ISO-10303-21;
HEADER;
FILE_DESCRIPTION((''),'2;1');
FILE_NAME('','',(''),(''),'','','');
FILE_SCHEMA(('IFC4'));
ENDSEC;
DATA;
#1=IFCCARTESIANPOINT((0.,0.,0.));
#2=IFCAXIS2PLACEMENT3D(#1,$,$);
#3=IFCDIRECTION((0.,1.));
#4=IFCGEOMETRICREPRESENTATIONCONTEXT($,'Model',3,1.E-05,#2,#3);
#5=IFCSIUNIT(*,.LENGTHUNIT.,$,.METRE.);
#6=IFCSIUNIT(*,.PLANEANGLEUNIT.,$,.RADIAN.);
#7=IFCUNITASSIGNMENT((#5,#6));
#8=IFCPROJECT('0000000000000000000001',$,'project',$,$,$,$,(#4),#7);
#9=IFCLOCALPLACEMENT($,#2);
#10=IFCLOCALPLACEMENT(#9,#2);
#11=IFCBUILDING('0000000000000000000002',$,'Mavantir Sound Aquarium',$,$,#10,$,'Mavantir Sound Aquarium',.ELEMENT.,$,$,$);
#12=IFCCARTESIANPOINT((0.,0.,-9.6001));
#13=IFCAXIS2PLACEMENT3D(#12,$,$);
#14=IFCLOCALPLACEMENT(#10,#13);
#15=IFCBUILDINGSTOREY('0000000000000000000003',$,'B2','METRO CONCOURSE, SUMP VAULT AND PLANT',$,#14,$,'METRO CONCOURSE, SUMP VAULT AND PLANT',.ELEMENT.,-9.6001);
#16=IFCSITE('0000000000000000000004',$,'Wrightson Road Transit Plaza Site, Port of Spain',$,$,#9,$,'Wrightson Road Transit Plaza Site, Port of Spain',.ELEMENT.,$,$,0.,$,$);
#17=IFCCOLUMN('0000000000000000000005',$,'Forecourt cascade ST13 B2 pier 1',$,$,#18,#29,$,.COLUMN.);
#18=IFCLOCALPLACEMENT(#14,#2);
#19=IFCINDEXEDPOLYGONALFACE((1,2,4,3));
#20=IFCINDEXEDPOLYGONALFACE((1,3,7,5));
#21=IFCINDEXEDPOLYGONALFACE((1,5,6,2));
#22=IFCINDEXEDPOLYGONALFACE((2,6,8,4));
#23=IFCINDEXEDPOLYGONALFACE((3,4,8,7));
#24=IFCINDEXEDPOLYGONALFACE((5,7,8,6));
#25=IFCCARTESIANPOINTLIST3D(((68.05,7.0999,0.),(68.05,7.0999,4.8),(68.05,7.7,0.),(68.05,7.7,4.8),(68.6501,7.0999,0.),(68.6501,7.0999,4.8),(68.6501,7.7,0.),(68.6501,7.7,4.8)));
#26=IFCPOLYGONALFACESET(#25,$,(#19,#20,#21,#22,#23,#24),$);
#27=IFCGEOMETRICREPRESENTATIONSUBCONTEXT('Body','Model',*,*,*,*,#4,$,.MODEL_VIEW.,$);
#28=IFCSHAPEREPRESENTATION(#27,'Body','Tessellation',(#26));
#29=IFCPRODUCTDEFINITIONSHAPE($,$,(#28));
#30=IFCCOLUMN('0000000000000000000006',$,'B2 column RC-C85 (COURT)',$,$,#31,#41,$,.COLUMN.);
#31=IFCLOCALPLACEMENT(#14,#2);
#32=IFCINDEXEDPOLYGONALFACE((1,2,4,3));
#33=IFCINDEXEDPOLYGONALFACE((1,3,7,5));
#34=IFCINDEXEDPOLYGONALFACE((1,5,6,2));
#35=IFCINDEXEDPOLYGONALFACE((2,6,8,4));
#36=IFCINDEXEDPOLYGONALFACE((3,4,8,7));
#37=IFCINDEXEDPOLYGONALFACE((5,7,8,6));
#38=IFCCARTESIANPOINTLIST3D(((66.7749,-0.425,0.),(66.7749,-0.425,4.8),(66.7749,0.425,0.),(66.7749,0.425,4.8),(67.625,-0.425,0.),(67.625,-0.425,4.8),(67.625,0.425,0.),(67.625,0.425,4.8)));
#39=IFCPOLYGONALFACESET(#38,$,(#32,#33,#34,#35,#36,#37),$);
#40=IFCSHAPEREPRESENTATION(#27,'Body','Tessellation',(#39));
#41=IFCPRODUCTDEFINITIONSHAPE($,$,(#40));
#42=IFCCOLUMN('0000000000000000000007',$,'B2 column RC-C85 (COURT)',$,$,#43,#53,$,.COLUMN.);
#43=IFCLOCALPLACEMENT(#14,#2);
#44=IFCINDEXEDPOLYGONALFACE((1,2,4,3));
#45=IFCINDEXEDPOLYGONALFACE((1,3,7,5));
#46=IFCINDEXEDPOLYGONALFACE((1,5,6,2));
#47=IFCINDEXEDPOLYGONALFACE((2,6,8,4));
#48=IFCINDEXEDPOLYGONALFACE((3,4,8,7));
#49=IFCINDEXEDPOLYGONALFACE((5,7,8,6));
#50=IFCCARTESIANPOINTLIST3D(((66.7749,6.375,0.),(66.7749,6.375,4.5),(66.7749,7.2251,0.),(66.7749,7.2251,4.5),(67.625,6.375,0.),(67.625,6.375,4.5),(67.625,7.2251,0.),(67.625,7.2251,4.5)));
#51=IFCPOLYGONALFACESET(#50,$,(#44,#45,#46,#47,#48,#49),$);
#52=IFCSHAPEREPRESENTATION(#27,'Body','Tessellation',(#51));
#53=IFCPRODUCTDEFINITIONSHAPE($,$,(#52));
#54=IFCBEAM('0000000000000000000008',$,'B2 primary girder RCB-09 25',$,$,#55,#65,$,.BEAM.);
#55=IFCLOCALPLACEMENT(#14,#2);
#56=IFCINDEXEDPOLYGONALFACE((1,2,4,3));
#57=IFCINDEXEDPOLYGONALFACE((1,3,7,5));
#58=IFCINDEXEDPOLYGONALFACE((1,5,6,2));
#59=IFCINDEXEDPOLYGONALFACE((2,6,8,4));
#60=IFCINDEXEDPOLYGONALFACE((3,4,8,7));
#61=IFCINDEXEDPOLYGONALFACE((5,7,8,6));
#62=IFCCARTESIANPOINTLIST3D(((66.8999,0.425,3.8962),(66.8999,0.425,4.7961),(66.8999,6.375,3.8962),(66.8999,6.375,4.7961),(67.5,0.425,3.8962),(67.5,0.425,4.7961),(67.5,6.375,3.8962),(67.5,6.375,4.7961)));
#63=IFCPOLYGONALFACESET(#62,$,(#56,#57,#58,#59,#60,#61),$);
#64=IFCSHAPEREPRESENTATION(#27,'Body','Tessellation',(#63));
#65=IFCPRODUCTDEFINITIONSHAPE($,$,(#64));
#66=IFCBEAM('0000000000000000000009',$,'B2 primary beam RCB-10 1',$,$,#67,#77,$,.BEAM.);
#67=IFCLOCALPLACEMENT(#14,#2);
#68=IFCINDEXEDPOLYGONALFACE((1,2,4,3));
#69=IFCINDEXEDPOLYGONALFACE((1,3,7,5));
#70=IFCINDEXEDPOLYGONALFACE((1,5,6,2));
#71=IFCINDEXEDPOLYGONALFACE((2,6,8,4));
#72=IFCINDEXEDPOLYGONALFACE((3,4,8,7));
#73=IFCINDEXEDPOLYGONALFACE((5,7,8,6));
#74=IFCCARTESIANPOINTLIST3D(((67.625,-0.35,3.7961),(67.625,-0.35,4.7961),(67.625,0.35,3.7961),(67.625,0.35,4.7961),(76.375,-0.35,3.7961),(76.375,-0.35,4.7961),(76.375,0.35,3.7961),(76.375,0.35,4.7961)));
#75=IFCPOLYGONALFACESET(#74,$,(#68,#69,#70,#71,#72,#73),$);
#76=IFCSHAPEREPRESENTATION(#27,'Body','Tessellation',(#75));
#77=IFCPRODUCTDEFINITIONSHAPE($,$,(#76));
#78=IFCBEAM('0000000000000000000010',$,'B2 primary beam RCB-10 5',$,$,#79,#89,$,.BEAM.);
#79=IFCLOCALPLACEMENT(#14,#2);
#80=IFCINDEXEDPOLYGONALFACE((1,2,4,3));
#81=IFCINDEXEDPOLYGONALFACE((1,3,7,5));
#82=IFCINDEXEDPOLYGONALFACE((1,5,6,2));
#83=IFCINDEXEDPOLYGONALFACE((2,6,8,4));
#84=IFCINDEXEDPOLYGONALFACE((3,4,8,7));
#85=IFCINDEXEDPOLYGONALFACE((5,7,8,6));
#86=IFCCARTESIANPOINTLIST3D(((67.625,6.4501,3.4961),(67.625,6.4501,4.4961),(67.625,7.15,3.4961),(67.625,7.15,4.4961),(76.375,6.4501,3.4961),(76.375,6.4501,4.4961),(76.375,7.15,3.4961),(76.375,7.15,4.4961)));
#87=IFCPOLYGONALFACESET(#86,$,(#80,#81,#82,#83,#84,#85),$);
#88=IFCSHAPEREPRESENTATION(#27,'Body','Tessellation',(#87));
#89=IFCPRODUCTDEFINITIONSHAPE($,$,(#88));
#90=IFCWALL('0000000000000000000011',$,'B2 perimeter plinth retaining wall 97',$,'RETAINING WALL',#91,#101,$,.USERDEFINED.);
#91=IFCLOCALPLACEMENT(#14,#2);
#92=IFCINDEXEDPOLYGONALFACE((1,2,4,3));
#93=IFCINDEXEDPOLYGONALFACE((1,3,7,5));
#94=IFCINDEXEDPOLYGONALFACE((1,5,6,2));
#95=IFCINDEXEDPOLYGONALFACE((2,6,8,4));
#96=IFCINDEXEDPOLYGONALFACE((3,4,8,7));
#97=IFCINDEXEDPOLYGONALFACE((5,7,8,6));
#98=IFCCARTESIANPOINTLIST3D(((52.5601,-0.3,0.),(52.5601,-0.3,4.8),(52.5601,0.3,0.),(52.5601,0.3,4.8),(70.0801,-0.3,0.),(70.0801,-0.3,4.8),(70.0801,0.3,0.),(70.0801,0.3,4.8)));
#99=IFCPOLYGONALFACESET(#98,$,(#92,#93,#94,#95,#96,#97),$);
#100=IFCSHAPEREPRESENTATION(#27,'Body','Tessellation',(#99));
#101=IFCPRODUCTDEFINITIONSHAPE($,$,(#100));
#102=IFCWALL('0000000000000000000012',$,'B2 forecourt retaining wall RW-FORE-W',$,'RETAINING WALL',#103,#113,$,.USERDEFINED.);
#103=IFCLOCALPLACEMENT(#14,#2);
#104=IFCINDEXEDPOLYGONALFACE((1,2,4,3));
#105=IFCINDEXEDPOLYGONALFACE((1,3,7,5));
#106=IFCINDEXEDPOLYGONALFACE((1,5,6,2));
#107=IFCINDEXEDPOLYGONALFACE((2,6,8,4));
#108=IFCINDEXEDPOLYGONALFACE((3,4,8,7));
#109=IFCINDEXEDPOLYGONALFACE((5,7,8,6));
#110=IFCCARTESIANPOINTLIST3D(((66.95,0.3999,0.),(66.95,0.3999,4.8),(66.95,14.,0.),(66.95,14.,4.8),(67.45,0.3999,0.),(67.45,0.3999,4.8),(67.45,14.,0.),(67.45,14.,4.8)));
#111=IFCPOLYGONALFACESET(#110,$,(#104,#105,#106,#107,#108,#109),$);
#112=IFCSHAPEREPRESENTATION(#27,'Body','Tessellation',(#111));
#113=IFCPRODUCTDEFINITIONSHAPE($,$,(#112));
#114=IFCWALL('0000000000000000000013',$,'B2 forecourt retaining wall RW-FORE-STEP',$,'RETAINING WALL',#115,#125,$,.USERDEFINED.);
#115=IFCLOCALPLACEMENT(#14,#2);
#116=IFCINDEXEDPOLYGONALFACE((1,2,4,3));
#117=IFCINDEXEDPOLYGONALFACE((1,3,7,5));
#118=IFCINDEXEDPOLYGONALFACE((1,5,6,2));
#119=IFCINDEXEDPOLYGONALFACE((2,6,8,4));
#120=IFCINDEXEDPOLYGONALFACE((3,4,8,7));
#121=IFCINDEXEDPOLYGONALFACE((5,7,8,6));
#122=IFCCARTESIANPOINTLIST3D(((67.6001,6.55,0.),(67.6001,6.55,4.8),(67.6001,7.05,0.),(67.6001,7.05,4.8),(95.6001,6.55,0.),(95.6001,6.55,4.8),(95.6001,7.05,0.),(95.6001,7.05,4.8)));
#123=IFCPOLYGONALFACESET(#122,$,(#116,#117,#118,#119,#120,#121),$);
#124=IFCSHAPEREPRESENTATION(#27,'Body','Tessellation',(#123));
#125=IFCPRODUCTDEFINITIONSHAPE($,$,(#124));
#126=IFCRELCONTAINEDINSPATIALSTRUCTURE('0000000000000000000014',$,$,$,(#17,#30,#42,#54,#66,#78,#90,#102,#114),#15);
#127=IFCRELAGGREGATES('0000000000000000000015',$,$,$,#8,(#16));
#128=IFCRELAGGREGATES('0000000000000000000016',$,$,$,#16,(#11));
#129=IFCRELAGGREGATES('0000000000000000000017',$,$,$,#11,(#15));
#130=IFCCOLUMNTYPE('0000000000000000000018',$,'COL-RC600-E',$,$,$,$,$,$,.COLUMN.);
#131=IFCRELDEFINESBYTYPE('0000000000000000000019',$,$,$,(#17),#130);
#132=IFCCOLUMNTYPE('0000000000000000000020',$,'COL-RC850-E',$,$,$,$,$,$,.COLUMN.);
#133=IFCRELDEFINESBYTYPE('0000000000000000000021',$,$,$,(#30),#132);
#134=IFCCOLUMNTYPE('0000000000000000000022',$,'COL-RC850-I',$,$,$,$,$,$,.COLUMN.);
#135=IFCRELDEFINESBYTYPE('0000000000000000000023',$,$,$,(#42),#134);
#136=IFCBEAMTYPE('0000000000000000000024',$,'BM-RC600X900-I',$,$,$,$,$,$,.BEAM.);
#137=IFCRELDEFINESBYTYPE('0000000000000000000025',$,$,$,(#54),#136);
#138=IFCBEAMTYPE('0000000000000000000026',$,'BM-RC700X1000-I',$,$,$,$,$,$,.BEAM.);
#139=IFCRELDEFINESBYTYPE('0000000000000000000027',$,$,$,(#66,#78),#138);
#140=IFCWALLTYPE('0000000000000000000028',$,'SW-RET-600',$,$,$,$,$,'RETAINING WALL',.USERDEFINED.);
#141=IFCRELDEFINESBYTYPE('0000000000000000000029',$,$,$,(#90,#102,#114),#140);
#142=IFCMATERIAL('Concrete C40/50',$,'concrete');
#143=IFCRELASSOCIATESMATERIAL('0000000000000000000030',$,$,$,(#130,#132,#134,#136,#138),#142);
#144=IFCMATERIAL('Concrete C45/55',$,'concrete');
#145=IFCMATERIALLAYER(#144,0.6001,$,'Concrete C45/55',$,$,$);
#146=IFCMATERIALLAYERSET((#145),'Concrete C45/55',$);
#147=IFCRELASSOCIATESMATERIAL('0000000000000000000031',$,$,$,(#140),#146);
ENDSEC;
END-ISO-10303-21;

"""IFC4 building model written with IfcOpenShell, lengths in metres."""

from ifc_helpers import new_model, si_unit, direction, frame, frame_2d, origin, origin_2d, place, context, subcontext, project, spatial, rectangle, extrude, material, layer, layer_set, material_profile, profile_set, type_object, element, save


model = new_model("IFC4")

# Units and contexts
model_context = context("Model", 3, precision=1e-05, world=origin(), true_north=direction((0.0, 1.0)))
body_context = subcontext(model_context, "Body", "Model", "MODEL_VIEW")
ifc_project = project(units=[si_unit("LENGTHUNIT", "METRE"), si_unit("PLANEANGLEUNIT", "RADIAN")], contexts=[model_context])

# Site, building, storey
site_placement = place(None, origin())
site = spatial("IfcSite", under=ifc_project, at=site_placement, Name="Wrightson Road Transit Plaza Site, Port of Spain", LongName="Wrightson Road Transit Plaza Site, Port of Spain", CompositionType="ELEMENT", RefElevation=0.0)
building_placement = place(site_placement, origin())
building = spatial("IfcBuilding", under=site, at=building_placement, Name="Mavantir Sound Aquarium", LongName="Mavantir Sound Aquarium", CompositionType="ELEMENT")
storey_placement = place(building_placement, frame((0.0, 0.0, -9.6001)))
storey = spatial("IfcBuildingStorey", under=building, at=storey_placement, Name="B2", Description="METRO CONCOURSE, SUMP VAULT AND PLANT", LongName="METRO CONCOURSE, SUMP VAULT AND PLANT", CompositionType="ELEMENT", Elevation=-9.6001)

# Shared definitions
ifc_material_1 = material(Name="Concrete C40/50", Category="concrete")

# Columns
ifc_material_profile_1 = material_profile(ifc_material_1, rectangle(XDim=0.6001, YDim=0.6001, at=origin_2d()), Name="RC 600X600")
ifc_profile_set_1 = profile_set([ifc_material_profile_1], Name="Concrete C40/50")
column_type_1 = type_object("IfcColumnType", Name="COL-RC600-E", PredefinedType="COLUMN", material=ifc_profile_set_1)
column_1_placement = place(storey_placement, frame((68.3501, 7.3999, 0.0), z_axis=(0.0, 0.0, 1.0), x_axis=(1.0, 0.0, 0.0)))
element("IfcColumn", 1, at=column_1_placement, inside=storey, type_object=column_type_1, Name="Forecourt cascade ST13 B2 pier 1", PredefinedType="COLUMN", context=body_context, shape_type="SweptSolid", body=[
    extrude(rectangle(XDim=0.6001, YDim=0.6001, at=origin_2d()), origin(), (0.0, 0.0, 1.0), 4.8),
])
ifc_material_profile_2 = material_profile(ifc_material_1, rectangle(XDim=0.8501, YDim=0.8501, at=origin_2d()), Name="RC 850X850")
ifc_profile_set_2 = profile_set([ifc_material_profile_2], Name="Concrete C40/50")
column_type_2 = type_object("IfcColumnType", Name="COL-RC850-E", PredefinedType="COLUMN", material=ifc_profile_set_2)
column_2_placement = place(storey_placement, frame((67.2, 0.0, 0.0), z_axis=(0.0, 0.0, 1.0), x_axis=(1.0, 0.0, 0.0)))
element("IfcColumn", 2, at=column_2_placement, inside=storey, type_object=column_type_2, Name="B2 column RC-C85 (COURT)", PredefinedType="COLUMN", context=body_context, shape_type="SweptSolid", body=[
    extrude(rectangle(XDim=0.8501, YDim=0.8501, at=origin_2d()), origin(), (0.0, 0.0, 1.0), 4.8),
])
ifc_material_profile_3 = material_profile(ifc_material_1, rectangle(XDim=0.8501, YDim=0.8501, at=origin_2d()), Name="RC 850X850")
ifc_profile_set_3 = profile_set([ifc_material_profile_3], Name="Concrete C40/50")
column_type_3 = type_object("IfcColumnType", Name="COL-RC850-I", PredefinedType="COLUMN", material=ifc_profile_set_3)
column_3_placement = place(storey_placement, frame((67.2, 6.8, 0.0), z_axis=(0.0, 0.0, 1.0), x_axis=(1.0, 0.0, 0.0)))
element("IfcColumn", 3, at=column_3_placement, inside=storey, type_object=column_type_3, Name="B2 column RC-C85 (COURT)", PredefinedType="COLUMN", context=body_context, shape_type="SweptSolid", body=[
    extrude(rectangle(XDim=0.8501, YDim=0.8501, at=origin_2d()), origin(), (0.0, 0.0, 1.0), 4.5),
])

# Beams
ifc_material_profile_4 = material_profile(ifc_material_1, rectangle(XDim=0.6001, YDim=0.8999, at=origin_2d()), Name="RC 600X900")
ifc_profile_set_4 = profile_set([ifc_material_profile_4], Name="Concrete C40/50")
beam_type_1 = type_object("IfcBeamType", Name="BM-RC600X900-I", PredefinedType="BEAM", material=ifc_profile_set_4)
beam_placement = place(storey_placement, frame((67.2, 0.425, 4.3462), z_axis=(0.0, 1.0, 0.0), x_axis=(-1.0, 0.0, 0.0)))
element("IfcBeam", 4, at=beam_placement, inside=storey, type_object=beam_type_1, Name="B2 primary girder RCB-09 25", PredefinedType="BEAM", context=body_context, shape_type="SweptSolid", body=[
    extrude(rectangle(XDim=0.6001, YDim=0.8999, at=origin_2d()), origin(), (0.0, 0.0, 1.0), 5.95),
])
ifc_material_profile_5 = material_profile(ifc_material_1, rectangle(XDim=0.7, YDim=1.0, at=origin_2d()), Name="RC 700X1000")
ifc_profile_set_5 = profile_set([ifc_material_profile_5], Name="Concrete C40/50")
beam_type_2 = type_object("IfcBeamType", Name="BM-RC700X1000-I", PredefinedType="BEAM", material=ifc_profile_set_5)
for number, where, z_axis, x_axis, name in (
    (5, (67.625, 0.0, 4.2961), (1.0, 0.0, 0.0), (0.0, 1.0, 0.0), "B2 primary beam RCB-10 1"),
    (6, (67.625, 6.8, 3.9961), (1.0, 0.0, 0.0), (0.0, 1.0, 0.0), "B2 primary beam RCB-10 5"),
):
    element("IfcBeam", number, at=place(storey_placement, frame(where, z_axis=z_axis, x_axis=x_axis)), inside=storey, type_object=beam_type_2, Name=name, PredefinedType="BEAM", context=body_context, shape_type="SweptSolid", body=[
        extrude(rectangle(XDim=0.7, YDim=1.0, at=origin_2d()), origin(), (0.0, 0.0, 1.0), 8.75),
    ])

# Walls
ifc_material_2 = material(Name="Concrete C45/55", Category="concrete")
ifc_layer = layer(ifc_material_2, 0.6001, Name="Concrete C45/55")
ifc_layer_set = layer_set([ifc_layer], Name="Concrete C45/55")
wall_type = type_object("IfcWallType", Name="SW-RET-600", ElementType="RETAINING WALL", PredefinedType="USERDEFINED", material=ifc_layer_set)
wall_1_placement = place(storey_placement, frame((70.0801, 0.0, 0.0), z_axis=(0.0, 0.0, 1.0), x_axis=(-1.0, 0.0, 0.0)))
element("IfcWall", 7, at=wall_1_placement, inside=storey, type_object=wall_type, Name="B2 perimeter plinth retaining wall 97", ObjectType="RETAINING WALL", PredefinedType="USERDEFINED", context=body_context, shape_type="SweptSolid", body=[
    extrude(rectangle(XDim=17.52, YDim=0.6001, at=frame_2d((8.76, 0.0))), origin(), (0.0, 0.0, 1.0), 4.8),
])
wall_2_placement = place(storey_placement, frame((67.2, 0.3999, 0.0), z_axis=(0.0, 0.0, 1.0), x_axis=(0.0, 1.0, 0.0)))
element("IfcWall", 8, at=wall_2_placement, inside=storey, type_object=wall_type, Name="B2 forecourt retaining wall RW-FORE-W", ObjectType="RETAINING WALL", PredefinedType="USERDEFINED", context=body_context, shape_type="SweptSolid", body=[
    extrude(rectangle(XDim=13.6001, YDim=0.5, at=frame_2d((6.8, 0.0))), origin(), (0.0, 0.0, 1.0), 4.8),
])
wall_3_placement = place(storey_placement, frame((67.6001, 6.8, 0.0), z_axis=(0.0, 0.0, 1.0), x_axis=(1.0, 0.0, 0.0)))
element("IfcWall", 9, at=wall_3_placement, inside=storey, type_object=wall_type, Name="B2 forecourt retaining wall RW-FORE-STEP", ObjectType="RETAINING WALL", PredefinedType="USERDEFINED", context=body_context, shape_type="SweptSolid", body=[
    extrude(rectangle(XDim=28.0, YDim=0.5, at=frame_2d((14.0, 0.0))), origin(), (0.0, 0.0, 1.0), 4.8),
])

save(model, "model.ifc")
